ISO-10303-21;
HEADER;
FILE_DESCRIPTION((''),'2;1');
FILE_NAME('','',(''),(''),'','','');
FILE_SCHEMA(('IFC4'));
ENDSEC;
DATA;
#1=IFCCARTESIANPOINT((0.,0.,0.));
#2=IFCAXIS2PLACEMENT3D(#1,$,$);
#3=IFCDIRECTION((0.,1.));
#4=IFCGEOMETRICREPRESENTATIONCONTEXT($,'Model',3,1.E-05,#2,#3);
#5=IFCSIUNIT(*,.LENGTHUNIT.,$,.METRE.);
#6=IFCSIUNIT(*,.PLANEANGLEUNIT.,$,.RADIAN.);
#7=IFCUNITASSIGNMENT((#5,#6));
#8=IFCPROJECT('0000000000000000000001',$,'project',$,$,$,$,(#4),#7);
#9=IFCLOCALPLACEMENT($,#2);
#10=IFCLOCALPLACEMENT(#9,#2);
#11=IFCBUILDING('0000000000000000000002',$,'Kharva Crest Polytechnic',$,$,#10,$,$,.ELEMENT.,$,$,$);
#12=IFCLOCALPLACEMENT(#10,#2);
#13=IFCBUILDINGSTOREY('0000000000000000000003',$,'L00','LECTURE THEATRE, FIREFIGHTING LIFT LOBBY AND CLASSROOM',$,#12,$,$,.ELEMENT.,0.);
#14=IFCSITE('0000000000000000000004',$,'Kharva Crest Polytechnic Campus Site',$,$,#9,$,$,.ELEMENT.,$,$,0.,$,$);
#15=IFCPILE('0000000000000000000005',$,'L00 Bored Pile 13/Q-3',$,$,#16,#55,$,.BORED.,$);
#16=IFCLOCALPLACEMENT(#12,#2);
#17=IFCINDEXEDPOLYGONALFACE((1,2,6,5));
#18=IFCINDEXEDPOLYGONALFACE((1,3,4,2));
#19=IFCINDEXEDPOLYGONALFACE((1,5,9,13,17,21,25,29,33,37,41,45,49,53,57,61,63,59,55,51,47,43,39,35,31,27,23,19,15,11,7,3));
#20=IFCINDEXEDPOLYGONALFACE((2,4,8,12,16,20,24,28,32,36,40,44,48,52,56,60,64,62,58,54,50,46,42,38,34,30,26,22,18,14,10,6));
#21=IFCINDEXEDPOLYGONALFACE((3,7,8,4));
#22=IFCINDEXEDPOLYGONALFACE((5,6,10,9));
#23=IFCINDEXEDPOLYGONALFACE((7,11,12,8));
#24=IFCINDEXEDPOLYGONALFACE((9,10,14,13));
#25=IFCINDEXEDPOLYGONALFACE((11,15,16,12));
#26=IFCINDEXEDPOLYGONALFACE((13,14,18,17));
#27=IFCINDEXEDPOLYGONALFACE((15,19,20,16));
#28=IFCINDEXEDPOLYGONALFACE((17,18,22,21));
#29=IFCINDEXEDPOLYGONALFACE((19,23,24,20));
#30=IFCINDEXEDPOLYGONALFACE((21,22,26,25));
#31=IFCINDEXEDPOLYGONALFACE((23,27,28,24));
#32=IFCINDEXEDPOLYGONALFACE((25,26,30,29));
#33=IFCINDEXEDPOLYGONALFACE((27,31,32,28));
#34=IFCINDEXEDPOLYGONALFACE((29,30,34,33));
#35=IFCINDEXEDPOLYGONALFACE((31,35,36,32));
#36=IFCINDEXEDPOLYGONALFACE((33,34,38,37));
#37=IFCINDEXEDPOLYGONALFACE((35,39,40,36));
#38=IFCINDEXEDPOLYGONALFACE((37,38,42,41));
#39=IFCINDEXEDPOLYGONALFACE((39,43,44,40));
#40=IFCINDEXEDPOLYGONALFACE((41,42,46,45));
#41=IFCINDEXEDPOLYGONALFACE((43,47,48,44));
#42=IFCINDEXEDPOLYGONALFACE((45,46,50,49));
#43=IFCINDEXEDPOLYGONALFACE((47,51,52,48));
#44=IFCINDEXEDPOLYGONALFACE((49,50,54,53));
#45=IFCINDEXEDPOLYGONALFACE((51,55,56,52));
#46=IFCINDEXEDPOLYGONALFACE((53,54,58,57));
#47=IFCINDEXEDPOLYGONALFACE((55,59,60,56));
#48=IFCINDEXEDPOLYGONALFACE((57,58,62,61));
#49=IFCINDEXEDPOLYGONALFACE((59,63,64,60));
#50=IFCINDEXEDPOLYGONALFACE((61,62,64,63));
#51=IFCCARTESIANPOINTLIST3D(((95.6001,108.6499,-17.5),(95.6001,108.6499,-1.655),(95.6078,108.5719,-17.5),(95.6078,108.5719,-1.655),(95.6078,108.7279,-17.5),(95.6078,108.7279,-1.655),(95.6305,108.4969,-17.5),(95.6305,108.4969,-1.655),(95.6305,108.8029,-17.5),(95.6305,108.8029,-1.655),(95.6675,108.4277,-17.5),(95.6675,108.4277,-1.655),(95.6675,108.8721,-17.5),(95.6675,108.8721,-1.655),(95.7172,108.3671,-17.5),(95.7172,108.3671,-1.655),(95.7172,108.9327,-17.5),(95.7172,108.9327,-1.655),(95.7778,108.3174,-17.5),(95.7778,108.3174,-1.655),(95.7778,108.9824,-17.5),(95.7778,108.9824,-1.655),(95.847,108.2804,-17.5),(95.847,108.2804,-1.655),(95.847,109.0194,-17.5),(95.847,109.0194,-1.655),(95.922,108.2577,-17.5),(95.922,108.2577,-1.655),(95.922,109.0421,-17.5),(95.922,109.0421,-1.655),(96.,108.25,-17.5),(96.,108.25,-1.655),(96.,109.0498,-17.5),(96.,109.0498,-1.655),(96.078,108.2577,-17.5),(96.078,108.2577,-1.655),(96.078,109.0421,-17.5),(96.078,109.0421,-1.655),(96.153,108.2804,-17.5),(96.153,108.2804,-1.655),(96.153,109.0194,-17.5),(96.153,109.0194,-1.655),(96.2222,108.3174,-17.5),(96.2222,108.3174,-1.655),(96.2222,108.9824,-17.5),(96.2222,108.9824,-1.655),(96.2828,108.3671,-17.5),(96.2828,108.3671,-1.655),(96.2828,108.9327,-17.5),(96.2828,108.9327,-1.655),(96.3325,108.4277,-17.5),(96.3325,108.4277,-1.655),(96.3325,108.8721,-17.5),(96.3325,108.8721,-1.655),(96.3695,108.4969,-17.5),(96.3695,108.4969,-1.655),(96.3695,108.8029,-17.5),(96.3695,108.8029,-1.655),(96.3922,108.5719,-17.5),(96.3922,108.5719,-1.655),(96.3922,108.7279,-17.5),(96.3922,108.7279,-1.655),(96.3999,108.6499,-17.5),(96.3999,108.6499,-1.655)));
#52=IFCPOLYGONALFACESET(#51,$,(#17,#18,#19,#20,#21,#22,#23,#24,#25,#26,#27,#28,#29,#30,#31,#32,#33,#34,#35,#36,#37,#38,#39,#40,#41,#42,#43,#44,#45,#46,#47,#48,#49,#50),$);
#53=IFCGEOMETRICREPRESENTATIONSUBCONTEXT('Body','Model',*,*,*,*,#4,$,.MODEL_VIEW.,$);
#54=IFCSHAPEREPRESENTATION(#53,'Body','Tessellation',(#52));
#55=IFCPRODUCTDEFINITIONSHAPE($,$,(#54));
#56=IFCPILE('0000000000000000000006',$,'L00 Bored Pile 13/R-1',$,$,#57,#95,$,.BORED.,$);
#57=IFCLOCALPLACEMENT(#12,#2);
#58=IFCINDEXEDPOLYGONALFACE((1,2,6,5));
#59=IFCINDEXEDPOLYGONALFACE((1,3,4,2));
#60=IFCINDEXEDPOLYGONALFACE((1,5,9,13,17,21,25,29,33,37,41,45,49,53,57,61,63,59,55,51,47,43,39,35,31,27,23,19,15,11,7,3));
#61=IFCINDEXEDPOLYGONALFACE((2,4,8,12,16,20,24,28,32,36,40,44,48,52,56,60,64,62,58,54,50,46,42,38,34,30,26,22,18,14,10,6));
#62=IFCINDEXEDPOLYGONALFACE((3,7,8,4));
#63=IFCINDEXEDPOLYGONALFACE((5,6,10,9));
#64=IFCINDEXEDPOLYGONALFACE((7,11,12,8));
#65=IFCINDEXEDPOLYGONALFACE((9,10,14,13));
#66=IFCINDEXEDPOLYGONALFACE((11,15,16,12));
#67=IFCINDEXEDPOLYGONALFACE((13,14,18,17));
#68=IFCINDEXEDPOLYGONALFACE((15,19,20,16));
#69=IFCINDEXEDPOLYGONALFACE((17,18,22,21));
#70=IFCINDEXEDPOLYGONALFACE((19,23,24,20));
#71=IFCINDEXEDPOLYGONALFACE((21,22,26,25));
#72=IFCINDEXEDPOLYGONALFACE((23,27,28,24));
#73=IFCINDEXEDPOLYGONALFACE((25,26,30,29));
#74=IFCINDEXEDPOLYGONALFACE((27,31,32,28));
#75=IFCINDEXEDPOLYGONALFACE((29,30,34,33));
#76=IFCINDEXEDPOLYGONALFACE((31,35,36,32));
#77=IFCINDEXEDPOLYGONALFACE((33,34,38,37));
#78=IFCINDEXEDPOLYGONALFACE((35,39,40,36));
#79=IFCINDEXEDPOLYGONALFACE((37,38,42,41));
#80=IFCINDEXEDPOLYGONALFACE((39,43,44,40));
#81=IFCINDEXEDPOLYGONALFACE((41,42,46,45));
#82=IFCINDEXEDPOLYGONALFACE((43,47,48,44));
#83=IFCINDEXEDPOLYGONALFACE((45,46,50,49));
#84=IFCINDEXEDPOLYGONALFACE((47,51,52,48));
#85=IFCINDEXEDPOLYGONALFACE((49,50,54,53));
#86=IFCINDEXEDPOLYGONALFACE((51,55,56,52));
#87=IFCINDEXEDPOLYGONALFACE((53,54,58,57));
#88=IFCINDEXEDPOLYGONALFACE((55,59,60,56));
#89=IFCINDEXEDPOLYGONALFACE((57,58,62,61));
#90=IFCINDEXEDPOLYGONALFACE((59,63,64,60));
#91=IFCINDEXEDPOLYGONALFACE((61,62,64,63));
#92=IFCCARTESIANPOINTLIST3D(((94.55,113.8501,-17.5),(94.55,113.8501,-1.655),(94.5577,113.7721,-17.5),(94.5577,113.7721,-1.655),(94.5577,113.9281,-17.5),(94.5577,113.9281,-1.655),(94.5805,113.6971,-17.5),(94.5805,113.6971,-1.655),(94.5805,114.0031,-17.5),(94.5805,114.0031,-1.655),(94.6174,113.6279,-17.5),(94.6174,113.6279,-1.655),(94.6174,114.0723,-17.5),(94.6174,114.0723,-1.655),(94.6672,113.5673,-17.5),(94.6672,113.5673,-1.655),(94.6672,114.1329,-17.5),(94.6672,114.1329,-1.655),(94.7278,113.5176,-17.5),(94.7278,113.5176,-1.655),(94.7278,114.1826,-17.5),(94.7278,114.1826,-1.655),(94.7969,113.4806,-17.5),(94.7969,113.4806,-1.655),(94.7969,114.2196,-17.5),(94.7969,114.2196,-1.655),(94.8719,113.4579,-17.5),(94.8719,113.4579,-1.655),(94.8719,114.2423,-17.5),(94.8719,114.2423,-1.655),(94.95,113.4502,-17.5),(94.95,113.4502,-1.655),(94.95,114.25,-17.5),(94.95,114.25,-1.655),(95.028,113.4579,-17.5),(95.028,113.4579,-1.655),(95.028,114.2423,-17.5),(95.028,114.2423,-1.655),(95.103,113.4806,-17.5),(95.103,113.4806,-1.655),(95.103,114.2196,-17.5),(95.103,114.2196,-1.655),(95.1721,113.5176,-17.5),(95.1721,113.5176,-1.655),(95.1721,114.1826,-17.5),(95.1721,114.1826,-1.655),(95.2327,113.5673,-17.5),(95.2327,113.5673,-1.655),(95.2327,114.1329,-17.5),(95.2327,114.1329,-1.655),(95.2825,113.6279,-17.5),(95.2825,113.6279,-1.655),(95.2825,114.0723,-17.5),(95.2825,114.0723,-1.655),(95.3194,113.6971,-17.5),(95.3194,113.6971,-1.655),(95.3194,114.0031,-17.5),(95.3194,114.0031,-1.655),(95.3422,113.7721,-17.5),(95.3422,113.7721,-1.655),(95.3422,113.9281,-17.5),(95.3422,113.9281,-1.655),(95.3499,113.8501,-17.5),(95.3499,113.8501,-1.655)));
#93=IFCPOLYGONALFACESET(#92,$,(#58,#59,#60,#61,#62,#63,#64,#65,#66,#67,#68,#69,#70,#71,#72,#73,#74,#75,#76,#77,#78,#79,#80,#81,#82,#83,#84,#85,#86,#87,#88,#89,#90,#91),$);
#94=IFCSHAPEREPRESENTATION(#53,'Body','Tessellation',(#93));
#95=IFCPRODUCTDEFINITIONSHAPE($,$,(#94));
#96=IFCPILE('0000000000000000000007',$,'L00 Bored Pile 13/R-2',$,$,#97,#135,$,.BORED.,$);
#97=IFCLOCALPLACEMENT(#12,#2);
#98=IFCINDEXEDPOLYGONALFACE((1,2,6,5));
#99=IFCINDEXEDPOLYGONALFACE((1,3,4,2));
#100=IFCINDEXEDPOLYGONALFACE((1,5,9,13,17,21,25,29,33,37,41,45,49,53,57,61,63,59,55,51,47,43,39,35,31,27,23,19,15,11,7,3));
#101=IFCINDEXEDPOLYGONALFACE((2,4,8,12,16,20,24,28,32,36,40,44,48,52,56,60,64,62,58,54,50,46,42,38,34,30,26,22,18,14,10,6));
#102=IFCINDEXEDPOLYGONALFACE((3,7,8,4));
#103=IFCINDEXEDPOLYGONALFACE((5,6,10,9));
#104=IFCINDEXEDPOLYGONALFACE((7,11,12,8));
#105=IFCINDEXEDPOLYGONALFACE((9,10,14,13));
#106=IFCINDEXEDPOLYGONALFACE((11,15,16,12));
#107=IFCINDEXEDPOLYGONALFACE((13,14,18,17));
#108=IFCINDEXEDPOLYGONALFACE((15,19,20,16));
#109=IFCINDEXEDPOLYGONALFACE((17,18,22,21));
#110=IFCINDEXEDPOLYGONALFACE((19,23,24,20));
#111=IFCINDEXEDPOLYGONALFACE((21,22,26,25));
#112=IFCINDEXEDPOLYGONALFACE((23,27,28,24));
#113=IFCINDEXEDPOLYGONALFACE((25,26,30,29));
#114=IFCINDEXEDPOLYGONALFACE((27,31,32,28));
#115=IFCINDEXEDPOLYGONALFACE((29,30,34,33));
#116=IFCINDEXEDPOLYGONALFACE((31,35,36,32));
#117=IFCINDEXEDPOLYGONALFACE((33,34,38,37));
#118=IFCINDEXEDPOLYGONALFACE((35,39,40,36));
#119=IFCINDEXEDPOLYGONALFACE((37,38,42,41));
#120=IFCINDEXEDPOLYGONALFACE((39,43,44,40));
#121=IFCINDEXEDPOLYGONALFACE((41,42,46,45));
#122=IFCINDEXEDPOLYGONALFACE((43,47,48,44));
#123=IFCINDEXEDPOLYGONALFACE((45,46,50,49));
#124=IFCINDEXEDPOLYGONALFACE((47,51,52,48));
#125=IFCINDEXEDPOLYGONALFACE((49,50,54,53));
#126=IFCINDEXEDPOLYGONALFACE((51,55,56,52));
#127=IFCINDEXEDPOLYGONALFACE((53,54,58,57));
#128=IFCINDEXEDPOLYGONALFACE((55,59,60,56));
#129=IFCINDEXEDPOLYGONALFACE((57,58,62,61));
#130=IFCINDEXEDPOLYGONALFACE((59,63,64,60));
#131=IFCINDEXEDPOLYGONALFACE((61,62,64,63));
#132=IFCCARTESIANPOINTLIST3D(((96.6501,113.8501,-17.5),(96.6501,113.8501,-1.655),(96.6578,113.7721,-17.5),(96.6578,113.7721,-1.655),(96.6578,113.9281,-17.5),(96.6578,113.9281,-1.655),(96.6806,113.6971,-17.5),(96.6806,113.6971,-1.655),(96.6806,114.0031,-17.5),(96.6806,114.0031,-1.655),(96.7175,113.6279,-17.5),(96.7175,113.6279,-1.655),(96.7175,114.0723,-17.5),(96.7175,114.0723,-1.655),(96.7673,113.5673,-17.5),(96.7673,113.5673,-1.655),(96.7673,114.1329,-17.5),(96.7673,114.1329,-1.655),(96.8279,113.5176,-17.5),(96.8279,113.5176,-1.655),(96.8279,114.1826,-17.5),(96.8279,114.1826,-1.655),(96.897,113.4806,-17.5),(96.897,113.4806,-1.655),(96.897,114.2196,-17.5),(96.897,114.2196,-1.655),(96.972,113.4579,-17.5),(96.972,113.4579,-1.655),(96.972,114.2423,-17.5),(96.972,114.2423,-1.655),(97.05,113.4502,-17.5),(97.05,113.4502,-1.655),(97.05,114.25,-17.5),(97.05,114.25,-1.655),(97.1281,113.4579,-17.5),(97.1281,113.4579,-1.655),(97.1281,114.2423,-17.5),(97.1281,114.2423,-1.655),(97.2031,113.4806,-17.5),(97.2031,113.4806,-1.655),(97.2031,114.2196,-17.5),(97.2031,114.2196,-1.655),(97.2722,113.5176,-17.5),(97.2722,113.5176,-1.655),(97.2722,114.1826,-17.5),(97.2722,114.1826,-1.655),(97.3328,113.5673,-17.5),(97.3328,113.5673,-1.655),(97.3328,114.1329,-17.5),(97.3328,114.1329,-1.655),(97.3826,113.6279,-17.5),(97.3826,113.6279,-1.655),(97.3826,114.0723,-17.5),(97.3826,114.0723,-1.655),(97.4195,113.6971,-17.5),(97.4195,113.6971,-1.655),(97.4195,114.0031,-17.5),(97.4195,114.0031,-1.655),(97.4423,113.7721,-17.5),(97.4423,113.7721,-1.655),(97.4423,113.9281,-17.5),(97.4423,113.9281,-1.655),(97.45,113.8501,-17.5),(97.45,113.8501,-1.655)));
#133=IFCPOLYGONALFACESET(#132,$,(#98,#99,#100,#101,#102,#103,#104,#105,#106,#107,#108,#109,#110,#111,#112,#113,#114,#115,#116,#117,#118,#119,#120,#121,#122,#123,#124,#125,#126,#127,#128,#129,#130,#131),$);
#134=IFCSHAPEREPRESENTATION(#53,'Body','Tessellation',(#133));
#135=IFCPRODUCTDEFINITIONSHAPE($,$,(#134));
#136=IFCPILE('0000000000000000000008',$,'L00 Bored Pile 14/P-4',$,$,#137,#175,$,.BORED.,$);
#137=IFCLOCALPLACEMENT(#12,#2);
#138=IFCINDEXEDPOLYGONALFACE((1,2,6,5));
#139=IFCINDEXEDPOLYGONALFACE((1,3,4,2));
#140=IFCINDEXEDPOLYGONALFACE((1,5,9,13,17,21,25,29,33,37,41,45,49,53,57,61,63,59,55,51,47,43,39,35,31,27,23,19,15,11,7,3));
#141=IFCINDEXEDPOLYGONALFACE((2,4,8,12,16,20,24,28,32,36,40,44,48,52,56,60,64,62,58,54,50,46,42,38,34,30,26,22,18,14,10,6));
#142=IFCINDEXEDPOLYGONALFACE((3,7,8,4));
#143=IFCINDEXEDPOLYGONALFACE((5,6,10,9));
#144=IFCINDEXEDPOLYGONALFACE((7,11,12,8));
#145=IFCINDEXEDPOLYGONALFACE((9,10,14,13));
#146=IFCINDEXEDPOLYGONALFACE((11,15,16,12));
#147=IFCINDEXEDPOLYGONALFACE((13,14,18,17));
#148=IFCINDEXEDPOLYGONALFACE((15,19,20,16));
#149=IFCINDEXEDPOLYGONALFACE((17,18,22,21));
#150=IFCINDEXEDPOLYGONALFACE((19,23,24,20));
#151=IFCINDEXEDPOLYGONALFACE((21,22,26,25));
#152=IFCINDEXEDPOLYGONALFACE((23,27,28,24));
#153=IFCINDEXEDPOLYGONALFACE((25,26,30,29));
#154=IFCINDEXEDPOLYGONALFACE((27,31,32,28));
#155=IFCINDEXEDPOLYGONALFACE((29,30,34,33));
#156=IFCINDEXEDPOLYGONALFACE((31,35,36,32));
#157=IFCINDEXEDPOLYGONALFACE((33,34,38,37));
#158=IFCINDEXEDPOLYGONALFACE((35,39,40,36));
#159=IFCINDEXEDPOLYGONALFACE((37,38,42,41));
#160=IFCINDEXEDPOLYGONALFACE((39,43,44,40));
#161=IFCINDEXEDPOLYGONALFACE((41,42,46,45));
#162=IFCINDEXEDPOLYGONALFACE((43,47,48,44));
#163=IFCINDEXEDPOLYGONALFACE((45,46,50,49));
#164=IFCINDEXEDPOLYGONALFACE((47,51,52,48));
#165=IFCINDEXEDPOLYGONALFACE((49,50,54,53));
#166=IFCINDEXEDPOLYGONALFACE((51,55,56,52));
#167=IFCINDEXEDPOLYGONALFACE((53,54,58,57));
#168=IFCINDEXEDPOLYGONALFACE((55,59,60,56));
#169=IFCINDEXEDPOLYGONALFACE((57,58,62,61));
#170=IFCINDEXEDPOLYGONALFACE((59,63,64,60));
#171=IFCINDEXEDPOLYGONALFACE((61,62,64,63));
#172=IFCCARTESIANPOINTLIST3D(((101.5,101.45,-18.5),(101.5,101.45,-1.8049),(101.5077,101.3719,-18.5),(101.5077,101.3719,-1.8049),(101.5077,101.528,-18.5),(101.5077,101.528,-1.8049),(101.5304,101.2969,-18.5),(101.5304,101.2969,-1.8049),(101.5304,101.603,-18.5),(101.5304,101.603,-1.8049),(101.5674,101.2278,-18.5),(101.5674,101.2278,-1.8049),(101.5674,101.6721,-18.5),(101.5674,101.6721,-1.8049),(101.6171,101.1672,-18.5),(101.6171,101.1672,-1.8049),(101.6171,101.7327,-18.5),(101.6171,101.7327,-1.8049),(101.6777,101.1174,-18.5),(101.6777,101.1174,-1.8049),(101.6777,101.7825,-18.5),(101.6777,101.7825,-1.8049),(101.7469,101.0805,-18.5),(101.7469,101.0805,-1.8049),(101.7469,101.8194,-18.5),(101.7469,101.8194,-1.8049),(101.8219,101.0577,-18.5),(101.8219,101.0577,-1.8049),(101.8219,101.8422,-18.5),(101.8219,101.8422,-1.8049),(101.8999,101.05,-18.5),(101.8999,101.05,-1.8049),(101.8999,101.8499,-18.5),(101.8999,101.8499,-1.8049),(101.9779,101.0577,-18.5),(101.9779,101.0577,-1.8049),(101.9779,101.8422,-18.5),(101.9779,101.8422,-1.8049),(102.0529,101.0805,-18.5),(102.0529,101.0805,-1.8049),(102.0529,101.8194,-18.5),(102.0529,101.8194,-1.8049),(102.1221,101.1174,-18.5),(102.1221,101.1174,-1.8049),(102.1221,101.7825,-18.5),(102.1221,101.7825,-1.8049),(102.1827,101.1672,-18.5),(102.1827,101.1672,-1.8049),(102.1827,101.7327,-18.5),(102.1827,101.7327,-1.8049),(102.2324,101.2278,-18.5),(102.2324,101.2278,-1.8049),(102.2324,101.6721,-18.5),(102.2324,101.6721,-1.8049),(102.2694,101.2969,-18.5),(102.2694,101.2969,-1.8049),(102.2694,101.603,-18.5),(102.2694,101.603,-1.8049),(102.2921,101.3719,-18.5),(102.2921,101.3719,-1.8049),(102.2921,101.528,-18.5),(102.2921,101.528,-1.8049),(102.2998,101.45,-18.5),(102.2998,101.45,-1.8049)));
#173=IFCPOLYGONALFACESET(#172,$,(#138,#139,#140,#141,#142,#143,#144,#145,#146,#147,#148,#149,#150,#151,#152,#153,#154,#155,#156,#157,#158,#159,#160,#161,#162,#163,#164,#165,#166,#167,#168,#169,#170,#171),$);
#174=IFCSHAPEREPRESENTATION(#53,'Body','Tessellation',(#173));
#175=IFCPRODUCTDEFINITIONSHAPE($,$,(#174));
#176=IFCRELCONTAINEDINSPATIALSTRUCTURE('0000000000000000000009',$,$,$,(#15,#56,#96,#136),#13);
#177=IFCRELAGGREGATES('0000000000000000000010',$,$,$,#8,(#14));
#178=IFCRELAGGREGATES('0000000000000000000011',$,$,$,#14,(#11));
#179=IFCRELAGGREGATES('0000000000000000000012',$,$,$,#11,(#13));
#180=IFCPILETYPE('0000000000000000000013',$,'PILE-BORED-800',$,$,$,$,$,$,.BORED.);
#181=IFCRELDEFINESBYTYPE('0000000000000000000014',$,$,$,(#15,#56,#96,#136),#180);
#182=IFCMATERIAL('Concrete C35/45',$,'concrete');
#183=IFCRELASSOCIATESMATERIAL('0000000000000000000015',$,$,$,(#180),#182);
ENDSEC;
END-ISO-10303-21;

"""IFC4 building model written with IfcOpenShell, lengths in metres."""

from ifc_helpers import new_model, si_unit, direction, frame, origin, origin_2d, place, context, subcontext, project, spatial, circle, extrude, material, material_profile, profile_set, type_object, element, save


model = new_model("IFC4")

# Units and contexts
model_context = context("Model", 3, precision=1e-05, world=origin(), true_north=direction((0.0, 1.0)))
body_context = subcontext(model_context, "Body", "Model", "MODEL_VIEW")
ifc_project = project(units=[si_unit("LENGTHUNIT", "METRE"), si_unit("PLANEANGLEUNIT", "RADIAN")], contexts=[model_context])

# Site, building, storey
site_placement = place(None, origin())
site = spatial("IfcSite", under=ifc_project, at=site_placement, Name="Kharva Crest Polytechnic Campus Site", CompositionType="ELEMENT", RefElevation=0.0)
building_placement = place(site_placement, origin())
building = spatial("IfcBuilding", under=site, at=building_placement, Name="Kharva Crest Polytechnic", CompositionType="ELEMENT")
storey_placement = place(building_placement, origin())
storey = spatial("IfcBuildingStorey", under=building, at=storey_placement, Name="L00", Description="LECTURE THEATRE, FIREFIGHTING LIFT LOBBY AND CLASSROOM", CompositionType="ELEMENT", Elevation=0.0)

# Shared definitions
ifc_material_1 = material(Name="Concrete C35/45", Category="concrete")

# Piles
ifc_material_profile_1 = material_profile(ifc_material_1, circle(Radius=0.3999, at=origin_2d()), Name="DIA 800")
ifc_profile_set_1 = profile_set([ifc_material_profile_1], Name="Concrete C35/45")
pile_type_1 = type_object("IfcPileType", Name="PILE-BORED-800", PredefinedType="BORED", material=ifc_profile_set_1)
for number, where, z_axis, x_axis, name in (
    (1, (96.0, 108.6499, -1.655), (0.0, 0.0, -1.0), (1.0, 0.0, 0.0), "L00 Bored Pile 13/Q-3"),
    (2, (94.95, 113.8501, -1.655), (0.0, 0.0, -1.0), (1.0, 0.0, 0.0), "L00 Bored Pile 13/R-1"),
    (3, (97.05, 113.8501, -1.655), (0.0, 0.0, -1.0), (1.0, 0.0, 0.0), "L00 Bored Pile 13/R-2"),
):
    element("IfcPile", number, at=place(storey_placement, frame(where, z_axis=z_axis, x_axis=x_axis)), inside=storey, type_object=pile_type_1, Name=name, PredefinedType="BORED", context=body_context, shape_type="SweptSolid", body=[
        extrude(circle(Radius=0.3999, at=origin_2d()), origin(), (0.0, 0.0, 1.0), 15.845),
    ])
for number, where, z_axis, x_axis, name in (
    (4, (101.8999, 101.45, -1.8049), (0.0, 0.0, -1.0), (1.0, 0.0, 0.0), "L00 Bored Pile 14/P-4"),
):
    element("IfcPile", number, at=place(storey_placement, frame(where, z_axis=z_axis, x_axis=x_axis)), inside=storey, type_object=pile_type_1, Name=name, PredefinedType="BORED", context=body_context, shape_type="SweptSolid", body=[
        extrude(circle(Radius=0.3999, at=origin_2d()), origin(), (0.0, 0.0, 1.0), 16.6951),
    ])

save(model, "model.ifc")
